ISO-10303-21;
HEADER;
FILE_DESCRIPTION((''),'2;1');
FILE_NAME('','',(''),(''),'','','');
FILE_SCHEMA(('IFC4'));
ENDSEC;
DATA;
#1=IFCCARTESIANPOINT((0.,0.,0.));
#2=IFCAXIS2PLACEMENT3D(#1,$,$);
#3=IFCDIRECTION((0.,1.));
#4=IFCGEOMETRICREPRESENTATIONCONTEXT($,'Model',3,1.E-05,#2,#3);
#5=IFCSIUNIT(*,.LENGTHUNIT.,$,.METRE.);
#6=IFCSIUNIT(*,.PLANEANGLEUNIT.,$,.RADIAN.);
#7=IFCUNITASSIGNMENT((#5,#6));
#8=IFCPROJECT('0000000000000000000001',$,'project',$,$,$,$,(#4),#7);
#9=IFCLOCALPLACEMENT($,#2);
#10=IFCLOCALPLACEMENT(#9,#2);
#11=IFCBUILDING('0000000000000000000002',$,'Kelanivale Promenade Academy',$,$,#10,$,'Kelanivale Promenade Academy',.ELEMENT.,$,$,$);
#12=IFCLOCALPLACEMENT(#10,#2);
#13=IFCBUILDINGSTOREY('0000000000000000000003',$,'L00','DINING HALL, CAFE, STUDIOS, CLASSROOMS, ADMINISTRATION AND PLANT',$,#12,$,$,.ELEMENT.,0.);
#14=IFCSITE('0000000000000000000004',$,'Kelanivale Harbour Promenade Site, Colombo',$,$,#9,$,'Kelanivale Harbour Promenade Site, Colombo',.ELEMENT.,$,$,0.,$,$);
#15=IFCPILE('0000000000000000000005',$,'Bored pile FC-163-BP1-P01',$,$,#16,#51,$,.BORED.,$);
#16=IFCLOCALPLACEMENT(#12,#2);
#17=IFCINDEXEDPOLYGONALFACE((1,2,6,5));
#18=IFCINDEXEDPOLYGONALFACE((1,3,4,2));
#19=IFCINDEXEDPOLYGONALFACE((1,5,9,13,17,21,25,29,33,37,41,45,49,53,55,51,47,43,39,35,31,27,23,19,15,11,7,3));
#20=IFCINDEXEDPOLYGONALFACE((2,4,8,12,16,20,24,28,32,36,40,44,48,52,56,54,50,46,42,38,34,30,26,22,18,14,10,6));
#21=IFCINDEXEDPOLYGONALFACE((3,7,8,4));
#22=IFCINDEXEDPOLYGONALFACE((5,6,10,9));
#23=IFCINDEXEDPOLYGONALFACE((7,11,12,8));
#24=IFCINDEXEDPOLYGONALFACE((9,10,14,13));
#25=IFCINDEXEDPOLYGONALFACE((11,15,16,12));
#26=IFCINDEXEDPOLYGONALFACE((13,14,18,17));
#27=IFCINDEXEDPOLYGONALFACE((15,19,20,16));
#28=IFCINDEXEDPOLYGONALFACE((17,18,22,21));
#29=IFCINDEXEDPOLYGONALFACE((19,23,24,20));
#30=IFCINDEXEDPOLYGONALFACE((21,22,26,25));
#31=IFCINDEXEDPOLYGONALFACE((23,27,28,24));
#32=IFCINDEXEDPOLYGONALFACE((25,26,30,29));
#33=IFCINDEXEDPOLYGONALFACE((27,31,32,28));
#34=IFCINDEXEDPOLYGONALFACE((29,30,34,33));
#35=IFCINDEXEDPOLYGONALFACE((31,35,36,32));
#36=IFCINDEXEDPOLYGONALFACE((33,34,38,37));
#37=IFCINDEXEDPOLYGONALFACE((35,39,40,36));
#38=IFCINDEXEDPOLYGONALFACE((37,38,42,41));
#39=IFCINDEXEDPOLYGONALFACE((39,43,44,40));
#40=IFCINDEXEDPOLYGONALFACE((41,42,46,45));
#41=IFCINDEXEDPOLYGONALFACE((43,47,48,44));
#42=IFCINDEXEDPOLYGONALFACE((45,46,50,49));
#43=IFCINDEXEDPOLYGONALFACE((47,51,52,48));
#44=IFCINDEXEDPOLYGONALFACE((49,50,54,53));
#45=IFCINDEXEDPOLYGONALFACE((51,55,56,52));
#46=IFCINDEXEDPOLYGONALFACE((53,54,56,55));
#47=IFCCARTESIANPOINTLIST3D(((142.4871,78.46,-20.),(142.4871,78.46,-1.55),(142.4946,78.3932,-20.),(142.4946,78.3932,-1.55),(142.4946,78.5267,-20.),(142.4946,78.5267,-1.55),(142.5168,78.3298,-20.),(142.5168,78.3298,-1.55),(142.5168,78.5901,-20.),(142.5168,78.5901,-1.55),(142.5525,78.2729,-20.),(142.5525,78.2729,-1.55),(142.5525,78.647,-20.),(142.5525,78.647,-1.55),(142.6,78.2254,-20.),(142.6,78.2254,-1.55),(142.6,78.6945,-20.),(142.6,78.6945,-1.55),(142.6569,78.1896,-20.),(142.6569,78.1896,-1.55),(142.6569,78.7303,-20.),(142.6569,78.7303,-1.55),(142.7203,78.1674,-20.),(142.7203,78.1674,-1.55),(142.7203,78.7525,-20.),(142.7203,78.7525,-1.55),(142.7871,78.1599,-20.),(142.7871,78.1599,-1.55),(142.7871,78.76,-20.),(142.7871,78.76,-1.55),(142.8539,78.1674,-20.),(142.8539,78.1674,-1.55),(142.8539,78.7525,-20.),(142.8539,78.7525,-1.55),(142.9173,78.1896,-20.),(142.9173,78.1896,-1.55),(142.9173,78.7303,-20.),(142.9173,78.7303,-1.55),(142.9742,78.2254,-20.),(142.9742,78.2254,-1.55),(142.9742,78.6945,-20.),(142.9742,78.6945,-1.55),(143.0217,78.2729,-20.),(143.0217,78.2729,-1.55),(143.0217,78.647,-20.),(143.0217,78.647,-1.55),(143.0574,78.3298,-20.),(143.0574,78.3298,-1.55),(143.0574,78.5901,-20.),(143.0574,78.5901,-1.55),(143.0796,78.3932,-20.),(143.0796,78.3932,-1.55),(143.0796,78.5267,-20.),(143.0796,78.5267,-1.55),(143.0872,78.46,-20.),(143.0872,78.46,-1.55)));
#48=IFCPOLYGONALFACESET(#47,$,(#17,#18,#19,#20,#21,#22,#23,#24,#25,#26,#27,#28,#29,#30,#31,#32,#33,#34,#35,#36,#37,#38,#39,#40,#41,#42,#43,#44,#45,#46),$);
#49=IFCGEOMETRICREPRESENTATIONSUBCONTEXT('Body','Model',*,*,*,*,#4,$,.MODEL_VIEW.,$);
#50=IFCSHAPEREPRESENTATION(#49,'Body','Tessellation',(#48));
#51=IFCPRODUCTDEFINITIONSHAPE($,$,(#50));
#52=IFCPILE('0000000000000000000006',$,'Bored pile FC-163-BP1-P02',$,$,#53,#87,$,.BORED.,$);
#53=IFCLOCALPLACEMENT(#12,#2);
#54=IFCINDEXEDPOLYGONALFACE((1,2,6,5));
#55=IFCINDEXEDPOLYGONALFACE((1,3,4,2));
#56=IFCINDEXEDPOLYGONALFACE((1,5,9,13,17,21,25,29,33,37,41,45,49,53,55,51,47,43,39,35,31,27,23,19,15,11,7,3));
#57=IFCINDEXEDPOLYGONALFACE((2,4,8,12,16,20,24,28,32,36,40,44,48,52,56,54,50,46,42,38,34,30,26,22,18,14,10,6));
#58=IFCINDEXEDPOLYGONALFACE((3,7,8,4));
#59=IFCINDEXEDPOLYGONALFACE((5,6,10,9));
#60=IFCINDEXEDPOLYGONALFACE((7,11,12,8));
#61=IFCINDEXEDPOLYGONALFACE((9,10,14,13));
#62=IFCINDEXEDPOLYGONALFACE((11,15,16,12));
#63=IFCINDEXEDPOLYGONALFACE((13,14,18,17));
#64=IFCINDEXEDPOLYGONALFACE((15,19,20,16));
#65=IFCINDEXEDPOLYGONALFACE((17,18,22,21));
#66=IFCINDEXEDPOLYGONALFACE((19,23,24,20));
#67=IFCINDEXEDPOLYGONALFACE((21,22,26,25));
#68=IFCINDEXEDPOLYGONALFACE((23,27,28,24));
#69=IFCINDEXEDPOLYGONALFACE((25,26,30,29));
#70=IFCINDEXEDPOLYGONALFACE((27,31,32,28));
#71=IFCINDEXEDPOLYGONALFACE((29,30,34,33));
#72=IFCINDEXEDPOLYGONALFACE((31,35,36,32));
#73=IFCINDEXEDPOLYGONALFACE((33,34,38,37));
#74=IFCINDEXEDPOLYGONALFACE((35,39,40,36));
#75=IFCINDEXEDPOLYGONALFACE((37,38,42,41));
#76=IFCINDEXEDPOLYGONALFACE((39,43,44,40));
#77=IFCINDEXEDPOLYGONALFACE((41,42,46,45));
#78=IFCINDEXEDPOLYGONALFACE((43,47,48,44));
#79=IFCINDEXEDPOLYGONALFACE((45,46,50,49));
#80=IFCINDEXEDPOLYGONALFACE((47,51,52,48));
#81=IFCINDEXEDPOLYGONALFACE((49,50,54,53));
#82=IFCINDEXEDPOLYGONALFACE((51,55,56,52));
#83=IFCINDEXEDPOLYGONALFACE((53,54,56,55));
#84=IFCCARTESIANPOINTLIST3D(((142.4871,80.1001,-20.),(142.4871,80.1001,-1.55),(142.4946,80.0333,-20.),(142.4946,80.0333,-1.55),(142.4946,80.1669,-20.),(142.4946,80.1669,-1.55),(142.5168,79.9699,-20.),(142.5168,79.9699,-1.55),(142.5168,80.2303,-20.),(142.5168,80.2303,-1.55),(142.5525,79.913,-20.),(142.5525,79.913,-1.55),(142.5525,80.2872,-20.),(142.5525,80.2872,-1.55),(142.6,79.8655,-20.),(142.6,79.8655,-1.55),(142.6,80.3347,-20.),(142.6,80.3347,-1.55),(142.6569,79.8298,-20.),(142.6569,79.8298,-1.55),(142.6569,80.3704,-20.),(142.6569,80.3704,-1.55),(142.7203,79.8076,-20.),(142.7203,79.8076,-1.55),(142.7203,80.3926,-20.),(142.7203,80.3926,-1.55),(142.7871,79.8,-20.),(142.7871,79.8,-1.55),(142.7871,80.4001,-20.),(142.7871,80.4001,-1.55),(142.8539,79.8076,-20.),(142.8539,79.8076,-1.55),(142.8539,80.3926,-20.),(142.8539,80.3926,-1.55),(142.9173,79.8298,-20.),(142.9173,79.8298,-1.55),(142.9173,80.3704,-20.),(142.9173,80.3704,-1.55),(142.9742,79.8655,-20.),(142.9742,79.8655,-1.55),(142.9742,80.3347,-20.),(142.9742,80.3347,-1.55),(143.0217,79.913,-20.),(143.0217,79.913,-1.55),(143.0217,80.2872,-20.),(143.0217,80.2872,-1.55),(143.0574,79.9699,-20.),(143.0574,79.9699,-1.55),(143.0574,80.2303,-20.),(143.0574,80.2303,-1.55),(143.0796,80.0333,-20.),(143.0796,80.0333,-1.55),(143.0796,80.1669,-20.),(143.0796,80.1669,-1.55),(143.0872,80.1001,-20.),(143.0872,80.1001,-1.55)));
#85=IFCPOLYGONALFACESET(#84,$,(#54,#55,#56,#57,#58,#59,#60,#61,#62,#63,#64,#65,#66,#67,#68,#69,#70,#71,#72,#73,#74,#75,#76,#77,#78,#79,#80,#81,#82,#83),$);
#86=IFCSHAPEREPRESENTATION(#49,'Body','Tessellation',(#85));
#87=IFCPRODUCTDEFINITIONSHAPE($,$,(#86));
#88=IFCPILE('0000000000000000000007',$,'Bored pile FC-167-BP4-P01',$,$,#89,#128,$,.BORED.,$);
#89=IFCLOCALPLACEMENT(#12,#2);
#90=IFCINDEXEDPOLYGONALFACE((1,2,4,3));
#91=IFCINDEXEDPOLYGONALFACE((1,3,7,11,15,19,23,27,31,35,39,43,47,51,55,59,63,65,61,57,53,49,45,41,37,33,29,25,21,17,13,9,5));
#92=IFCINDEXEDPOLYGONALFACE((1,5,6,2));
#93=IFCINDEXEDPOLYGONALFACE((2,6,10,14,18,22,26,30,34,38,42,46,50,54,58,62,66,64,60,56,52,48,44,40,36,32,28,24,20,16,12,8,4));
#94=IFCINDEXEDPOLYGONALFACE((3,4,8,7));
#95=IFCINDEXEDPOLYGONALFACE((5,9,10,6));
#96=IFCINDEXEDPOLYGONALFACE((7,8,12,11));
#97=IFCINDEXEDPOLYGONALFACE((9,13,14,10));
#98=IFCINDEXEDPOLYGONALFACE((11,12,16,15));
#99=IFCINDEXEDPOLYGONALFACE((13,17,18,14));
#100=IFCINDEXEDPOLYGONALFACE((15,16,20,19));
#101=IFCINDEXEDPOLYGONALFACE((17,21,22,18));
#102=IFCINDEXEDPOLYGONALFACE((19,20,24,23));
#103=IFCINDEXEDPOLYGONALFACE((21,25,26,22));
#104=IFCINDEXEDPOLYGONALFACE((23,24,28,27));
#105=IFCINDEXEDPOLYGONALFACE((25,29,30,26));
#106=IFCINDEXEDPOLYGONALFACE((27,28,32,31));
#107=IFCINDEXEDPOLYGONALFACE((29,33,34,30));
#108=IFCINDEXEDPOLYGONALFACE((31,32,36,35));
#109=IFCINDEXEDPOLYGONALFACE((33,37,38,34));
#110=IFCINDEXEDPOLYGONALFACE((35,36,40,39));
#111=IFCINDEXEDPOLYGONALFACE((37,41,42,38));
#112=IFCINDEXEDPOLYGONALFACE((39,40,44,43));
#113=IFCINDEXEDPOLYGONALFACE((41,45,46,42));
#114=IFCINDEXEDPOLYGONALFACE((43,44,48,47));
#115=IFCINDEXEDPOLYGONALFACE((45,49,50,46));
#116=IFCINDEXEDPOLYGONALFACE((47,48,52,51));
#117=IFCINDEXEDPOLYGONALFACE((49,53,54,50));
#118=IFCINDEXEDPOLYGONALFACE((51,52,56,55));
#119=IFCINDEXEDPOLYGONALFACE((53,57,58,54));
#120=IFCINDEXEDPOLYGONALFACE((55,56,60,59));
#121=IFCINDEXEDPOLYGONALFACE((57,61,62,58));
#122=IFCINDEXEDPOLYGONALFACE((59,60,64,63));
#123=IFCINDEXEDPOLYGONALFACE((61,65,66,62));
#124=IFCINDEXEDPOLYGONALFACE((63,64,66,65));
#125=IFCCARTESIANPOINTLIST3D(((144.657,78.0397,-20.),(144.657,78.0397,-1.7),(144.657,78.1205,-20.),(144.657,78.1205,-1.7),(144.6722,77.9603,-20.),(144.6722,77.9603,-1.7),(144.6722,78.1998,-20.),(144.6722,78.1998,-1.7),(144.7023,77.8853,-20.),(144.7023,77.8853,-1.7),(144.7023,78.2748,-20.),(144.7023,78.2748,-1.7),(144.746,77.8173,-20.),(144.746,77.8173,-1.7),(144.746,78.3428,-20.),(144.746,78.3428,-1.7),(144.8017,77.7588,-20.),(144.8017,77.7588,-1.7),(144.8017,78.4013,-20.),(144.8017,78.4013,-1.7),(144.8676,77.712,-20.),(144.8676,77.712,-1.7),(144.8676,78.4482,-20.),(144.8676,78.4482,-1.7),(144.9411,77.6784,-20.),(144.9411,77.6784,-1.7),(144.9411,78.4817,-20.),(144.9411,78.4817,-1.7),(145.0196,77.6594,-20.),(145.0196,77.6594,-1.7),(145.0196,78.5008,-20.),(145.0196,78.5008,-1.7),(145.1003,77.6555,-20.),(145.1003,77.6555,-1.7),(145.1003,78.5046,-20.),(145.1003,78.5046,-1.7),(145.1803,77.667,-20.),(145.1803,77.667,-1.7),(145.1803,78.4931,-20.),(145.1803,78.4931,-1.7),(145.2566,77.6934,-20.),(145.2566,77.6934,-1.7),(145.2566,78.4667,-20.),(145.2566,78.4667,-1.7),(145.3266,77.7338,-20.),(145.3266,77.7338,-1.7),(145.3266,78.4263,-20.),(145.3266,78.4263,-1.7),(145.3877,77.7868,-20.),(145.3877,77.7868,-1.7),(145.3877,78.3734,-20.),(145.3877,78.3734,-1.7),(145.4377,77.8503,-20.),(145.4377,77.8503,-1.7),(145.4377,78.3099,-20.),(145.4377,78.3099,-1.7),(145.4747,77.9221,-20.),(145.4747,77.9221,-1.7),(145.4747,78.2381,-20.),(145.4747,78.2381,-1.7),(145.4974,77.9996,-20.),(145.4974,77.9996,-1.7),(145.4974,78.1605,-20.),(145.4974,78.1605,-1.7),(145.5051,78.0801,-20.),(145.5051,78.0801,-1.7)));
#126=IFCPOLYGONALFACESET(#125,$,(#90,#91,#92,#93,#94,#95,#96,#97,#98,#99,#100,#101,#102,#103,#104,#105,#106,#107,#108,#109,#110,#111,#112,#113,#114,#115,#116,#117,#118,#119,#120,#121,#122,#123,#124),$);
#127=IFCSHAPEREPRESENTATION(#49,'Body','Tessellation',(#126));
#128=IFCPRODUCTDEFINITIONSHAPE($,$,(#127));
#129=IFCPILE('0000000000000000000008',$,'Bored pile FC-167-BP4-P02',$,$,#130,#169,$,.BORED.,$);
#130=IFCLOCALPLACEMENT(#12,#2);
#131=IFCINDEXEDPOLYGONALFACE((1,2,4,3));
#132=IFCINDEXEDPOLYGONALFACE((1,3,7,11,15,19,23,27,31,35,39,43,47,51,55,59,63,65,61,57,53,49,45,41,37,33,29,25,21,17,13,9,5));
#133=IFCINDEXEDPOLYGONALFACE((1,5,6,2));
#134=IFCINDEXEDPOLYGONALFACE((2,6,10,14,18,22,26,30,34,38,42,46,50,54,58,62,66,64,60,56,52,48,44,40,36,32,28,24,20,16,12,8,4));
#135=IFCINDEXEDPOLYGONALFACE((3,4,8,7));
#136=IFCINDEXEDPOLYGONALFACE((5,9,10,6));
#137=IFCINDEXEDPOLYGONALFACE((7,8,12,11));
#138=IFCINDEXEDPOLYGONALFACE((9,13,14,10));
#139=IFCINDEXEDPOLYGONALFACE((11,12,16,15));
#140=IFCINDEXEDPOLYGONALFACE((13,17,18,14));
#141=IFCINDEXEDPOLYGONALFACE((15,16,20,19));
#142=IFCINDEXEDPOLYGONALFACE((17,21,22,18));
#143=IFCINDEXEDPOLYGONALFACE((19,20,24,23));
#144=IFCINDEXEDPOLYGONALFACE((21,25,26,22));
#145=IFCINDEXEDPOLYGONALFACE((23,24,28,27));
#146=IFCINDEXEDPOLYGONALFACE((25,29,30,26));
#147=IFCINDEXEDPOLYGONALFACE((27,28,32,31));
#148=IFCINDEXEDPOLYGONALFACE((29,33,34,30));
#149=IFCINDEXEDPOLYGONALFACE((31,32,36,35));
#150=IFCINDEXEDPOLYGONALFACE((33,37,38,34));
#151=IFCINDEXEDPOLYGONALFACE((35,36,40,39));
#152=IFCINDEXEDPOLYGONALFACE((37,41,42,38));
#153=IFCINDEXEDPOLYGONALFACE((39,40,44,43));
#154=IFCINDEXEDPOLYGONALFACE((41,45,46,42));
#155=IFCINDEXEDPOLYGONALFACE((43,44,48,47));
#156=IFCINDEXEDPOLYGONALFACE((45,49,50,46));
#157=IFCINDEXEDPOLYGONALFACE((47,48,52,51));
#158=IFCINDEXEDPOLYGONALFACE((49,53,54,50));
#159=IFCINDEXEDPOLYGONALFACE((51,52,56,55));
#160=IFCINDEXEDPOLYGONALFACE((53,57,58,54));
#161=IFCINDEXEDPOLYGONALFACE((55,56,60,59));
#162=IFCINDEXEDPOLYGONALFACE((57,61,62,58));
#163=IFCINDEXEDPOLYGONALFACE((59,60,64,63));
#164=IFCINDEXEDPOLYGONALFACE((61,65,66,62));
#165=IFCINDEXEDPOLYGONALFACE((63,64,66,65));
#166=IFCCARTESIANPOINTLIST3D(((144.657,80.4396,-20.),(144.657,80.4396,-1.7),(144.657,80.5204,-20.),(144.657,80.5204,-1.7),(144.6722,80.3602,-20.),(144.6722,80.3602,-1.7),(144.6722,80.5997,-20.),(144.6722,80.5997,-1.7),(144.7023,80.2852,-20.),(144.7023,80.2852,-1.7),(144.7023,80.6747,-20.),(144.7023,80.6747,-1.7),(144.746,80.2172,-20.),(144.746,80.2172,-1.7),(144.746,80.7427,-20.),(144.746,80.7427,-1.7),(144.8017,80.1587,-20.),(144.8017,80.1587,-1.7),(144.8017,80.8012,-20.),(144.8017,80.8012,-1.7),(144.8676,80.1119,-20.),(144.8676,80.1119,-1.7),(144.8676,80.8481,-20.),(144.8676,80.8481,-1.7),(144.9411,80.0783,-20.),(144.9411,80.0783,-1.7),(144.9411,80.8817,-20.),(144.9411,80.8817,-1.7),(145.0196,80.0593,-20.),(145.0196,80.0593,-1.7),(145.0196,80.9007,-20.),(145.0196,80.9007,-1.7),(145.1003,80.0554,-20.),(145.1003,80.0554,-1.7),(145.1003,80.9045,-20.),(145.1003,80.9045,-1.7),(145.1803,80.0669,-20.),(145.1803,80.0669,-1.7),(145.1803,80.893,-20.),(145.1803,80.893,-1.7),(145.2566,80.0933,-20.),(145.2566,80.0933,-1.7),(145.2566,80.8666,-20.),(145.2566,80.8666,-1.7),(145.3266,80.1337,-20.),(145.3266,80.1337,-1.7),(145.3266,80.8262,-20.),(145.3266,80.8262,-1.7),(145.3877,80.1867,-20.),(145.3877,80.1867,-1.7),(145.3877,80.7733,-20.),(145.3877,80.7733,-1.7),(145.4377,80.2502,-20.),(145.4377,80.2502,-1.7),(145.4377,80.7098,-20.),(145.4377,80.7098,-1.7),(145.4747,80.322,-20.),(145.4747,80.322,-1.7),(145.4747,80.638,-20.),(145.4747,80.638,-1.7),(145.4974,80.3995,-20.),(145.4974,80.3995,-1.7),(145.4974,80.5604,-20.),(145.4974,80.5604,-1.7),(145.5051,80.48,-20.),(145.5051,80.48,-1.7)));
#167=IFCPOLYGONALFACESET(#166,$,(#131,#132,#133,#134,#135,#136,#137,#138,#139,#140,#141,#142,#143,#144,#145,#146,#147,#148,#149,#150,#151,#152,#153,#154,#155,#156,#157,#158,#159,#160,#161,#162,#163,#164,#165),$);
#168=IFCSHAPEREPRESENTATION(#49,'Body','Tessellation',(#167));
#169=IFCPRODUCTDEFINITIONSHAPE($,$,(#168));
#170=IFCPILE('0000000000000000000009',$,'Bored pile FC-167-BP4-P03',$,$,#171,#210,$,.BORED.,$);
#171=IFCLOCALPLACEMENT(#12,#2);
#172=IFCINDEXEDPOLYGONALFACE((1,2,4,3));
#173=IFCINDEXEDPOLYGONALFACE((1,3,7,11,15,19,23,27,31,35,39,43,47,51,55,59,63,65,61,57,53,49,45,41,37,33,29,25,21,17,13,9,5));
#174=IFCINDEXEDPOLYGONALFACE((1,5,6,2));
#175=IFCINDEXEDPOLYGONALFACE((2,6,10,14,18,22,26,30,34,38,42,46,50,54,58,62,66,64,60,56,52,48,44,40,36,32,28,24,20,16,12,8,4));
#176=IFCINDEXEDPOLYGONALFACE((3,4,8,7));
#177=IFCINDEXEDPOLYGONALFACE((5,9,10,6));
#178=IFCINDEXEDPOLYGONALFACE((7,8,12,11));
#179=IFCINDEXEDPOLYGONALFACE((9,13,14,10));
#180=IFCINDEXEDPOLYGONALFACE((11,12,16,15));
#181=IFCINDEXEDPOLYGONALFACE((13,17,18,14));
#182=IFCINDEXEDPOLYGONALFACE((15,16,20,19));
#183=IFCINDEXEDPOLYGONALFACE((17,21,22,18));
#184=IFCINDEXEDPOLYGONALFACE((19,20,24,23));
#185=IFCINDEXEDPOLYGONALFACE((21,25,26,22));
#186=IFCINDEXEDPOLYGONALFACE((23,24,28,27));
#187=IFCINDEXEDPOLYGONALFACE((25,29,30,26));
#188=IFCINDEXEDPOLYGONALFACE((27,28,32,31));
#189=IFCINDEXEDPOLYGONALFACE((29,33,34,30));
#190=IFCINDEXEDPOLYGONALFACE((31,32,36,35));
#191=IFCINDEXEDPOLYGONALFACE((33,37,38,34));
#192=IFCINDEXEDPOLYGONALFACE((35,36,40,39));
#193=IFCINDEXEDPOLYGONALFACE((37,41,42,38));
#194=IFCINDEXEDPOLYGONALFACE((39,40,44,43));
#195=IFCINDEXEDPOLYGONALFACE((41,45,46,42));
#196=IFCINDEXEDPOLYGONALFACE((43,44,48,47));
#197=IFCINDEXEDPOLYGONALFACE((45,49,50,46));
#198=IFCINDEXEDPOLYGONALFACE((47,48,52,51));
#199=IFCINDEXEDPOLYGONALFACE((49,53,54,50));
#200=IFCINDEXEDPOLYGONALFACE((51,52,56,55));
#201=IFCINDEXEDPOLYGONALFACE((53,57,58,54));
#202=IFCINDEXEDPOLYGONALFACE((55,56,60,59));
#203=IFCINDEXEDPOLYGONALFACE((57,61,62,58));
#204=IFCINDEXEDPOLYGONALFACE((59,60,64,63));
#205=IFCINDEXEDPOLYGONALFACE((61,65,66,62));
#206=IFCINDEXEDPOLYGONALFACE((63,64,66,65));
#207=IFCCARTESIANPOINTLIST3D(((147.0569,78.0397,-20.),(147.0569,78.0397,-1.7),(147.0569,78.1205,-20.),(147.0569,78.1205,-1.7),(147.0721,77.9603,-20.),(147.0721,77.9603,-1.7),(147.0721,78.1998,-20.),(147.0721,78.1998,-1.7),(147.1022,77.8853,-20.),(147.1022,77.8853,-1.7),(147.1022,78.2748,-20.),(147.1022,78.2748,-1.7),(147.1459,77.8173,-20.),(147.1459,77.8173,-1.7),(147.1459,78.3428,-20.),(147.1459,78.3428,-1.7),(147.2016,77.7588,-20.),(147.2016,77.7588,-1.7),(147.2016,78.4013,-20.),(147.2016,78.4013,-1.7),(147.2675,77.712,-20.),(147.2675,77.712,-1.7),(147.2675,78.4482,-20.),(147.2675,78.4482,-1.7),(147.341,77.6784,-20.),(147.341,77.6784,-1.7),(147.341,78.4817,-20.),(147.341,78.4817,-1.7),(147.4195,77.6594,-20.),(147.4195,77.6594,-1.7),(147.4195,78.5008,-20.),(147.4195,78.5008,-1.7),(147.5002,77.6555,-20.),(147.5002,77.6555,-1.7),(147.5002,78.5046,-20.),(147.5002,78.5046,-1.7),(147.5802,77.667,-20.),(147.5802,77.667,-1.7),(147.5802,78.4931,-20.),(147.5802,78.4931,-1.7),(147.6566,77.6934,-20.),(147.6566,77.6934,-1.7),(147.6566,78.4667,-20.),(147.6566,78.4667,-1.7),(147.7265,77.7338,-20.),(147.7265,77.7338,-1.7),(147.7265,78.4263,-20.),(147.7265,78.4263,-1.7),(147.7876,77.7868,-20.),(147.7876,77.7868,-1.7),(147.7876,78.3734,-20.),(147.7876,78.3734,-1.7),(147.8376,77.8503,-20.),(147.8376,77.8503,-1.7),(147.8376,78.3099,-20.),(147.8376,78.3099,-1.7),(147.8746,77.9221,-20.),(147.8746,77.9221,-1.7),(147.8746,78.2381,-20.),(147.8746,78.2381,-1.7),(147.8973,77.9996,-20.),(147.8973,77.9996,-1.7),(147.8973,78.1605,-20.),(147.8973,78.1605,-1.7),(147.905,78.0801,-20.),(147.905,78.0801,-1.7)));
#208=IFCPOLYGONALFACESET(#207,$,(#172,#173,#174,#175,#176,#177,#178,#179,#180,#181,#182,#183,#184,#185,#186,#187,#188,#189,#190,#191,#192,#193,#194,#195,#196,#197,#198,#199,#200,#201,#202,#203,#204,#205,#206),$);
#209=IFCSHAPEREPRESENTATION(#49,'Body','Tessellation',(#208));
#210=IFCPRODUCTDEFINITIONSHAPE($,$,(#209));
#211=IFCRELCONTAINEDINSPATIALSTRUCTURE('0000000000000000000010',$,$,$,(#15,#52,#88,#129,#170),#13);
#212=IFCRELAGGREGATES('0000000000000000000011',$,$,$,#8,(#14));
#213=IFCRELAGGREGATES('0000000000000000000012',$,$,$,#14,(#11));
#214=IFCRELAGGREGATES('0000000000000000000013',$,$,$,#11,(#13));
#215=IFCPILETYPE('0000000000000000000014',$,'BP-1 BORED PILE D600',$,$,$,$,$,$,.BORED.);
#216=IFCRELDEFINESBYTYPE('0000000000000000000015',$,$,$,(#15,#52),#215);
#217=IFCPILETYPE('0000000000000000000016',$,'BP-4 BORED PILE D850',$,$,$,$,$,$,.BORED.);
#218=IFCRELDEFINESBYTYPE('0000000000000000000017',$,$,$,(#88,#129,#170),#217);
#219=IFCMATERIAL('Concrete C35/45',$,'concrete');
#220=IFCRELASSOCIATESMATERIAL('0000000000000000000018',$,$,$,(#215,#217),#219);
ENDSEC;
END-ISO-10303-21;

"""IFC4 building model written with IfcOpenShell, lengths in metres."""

from ifc_helpers import new_model, si_unit, direction, frame, origin, origin_2d, place, context, subcontext, project, spatial, circle, extrude, material, material_profile, profile_set, type_object, element, save


model = new_model("IFC4")

# Units and contexts
model_context = context("Model", 3, precision=1e-05, world=origin(), true_north=direction((0.0, 1.0)))
body_context = subcontext(model_context, "Body", "Model", "MODEL_VIEW")
ifc_project = project(units=[si_unit("LENGTHUNIT", "METRE"), si_unit("PLANEANGLEUNIT", "RADIAN")], contexts=[model_context])

# Site, building, storey
site_placement = place(None, origin())
site = spatial("IfcSite", under=ifc_project, at=site_placement, Name="Kelanivale Harbour Promenade Site, Colombo", LongName="Kelanivale Harbour Promenade Site, Colombo", CompositionType="ELEMENT", RefElevation=0.0)
building_placement = place(site_placement, origin())
building = spatial("IfcBuilding", under=site, at=building_placement, Name="Kelanivale Promenade Academy", LongName="Kelanivale Promenade Academy", CompositionType="ELEMENT")
storey_placement = place(building_placement, origin())
storey = spatial("IfcBuildingStorey", under=building, at=storey_placement, Name="L00", Description="DINING HALL, CAFE, STUDIOS, CLASSROOMS, ADMINISTRATION AND PLANT", CompositionType="ELEMENT", Elevation=0.0)

# Piles
ifc_material_1 = material(Name="Concrete C35/45", Category="concrete")
ifc_material_profile_1 = material_profile(ifc_material_1, circle(Radius=0.3, at=origin_2d()), Name="BORED PILE D600")
ifc_profile_set_1 = profile_set([ifc_material_profile_1], Name="Concrete C35/45")
pile_type_1 = type_object("IfcPileType", Name="BP-1 BORED PILE D600", PredefinedType="BORED", material=ifc_profile_set_1)
for number, where, z_axis, x_axis, name in (
    (1, (142.7871, 78.46, -1.55), (0.0, 0.0, -1.0), (1.0, 0.0, 0.0), "Bored pile FC-163-BP1-P01"),
    (2, (142.7871, 80.1001, -1.55), (0.0, 0.0, -1.0), (1.0, 0.0, 0.0), "Bored pile FC-163-BP1-P02"),
):
    element("IfcPile", number, at=place(storey_placement, frame(where, z_axis=z_axis, x_axis=x_axis)), inside=storey, type_object=pile_type_1, Name=name, PredefinedType="BORED", context=body_context, shape_type="SweptSolid", body=[
        extrude(circle(Radius=0.3, at=origin_2d()), origin(), (0.0, 0.0, 1.0), 18.45),
    ])
ifc_material_profile_2 = material_profile(ifc_material_1, circle(Radius=0.425, at=origin_2d()), Name="BORED PILE D850")
ifc_profile_set_2 = profile_set([ifc_material_profile_2], Name="Concrete C35/45")
pile_type_2 = type_object("IfcPileType", Name="BP-4 BORED PILE D850", PredefinedType="BORED", material=ifc_profile_set_2)
for number, where, z_axis, x_axis, name in (
    (3, (145.0801, 78.0801, -1.7), (0.0, 0.0, -1.0), (1.0, 0.0, 0.0), "Bored pile FC-167-BP4-P01"),
    (4, (145.0801, 80.48, -1.7), (0.0, 0.0, -1.0), (1.0, 0.0, 0.0), "Bored pile FC-167-BP4-P02"),
    (5, (147.48, 78.0801, -1.7), (0.0, 0.0, -1.0), (1.0, 0.0, 0.0), "Bored pile FC-167-BP4-P03"),
):
    element("IfcPile", number, at=place(storey_placement, frame(where, z_axis=z_axis, x_axis=x_axis)), inside=storey, type_object=pile_type_2, Name=name, PredefinedType="BORED", context=body_context, shape_type="SweptSolid", body=[
        extrude(circle(Radius=0.425, at=origin_2d()), origin(), (0.0, 0.0, 1.0), 18.3),
    ])

save(model, "model.ifc")
